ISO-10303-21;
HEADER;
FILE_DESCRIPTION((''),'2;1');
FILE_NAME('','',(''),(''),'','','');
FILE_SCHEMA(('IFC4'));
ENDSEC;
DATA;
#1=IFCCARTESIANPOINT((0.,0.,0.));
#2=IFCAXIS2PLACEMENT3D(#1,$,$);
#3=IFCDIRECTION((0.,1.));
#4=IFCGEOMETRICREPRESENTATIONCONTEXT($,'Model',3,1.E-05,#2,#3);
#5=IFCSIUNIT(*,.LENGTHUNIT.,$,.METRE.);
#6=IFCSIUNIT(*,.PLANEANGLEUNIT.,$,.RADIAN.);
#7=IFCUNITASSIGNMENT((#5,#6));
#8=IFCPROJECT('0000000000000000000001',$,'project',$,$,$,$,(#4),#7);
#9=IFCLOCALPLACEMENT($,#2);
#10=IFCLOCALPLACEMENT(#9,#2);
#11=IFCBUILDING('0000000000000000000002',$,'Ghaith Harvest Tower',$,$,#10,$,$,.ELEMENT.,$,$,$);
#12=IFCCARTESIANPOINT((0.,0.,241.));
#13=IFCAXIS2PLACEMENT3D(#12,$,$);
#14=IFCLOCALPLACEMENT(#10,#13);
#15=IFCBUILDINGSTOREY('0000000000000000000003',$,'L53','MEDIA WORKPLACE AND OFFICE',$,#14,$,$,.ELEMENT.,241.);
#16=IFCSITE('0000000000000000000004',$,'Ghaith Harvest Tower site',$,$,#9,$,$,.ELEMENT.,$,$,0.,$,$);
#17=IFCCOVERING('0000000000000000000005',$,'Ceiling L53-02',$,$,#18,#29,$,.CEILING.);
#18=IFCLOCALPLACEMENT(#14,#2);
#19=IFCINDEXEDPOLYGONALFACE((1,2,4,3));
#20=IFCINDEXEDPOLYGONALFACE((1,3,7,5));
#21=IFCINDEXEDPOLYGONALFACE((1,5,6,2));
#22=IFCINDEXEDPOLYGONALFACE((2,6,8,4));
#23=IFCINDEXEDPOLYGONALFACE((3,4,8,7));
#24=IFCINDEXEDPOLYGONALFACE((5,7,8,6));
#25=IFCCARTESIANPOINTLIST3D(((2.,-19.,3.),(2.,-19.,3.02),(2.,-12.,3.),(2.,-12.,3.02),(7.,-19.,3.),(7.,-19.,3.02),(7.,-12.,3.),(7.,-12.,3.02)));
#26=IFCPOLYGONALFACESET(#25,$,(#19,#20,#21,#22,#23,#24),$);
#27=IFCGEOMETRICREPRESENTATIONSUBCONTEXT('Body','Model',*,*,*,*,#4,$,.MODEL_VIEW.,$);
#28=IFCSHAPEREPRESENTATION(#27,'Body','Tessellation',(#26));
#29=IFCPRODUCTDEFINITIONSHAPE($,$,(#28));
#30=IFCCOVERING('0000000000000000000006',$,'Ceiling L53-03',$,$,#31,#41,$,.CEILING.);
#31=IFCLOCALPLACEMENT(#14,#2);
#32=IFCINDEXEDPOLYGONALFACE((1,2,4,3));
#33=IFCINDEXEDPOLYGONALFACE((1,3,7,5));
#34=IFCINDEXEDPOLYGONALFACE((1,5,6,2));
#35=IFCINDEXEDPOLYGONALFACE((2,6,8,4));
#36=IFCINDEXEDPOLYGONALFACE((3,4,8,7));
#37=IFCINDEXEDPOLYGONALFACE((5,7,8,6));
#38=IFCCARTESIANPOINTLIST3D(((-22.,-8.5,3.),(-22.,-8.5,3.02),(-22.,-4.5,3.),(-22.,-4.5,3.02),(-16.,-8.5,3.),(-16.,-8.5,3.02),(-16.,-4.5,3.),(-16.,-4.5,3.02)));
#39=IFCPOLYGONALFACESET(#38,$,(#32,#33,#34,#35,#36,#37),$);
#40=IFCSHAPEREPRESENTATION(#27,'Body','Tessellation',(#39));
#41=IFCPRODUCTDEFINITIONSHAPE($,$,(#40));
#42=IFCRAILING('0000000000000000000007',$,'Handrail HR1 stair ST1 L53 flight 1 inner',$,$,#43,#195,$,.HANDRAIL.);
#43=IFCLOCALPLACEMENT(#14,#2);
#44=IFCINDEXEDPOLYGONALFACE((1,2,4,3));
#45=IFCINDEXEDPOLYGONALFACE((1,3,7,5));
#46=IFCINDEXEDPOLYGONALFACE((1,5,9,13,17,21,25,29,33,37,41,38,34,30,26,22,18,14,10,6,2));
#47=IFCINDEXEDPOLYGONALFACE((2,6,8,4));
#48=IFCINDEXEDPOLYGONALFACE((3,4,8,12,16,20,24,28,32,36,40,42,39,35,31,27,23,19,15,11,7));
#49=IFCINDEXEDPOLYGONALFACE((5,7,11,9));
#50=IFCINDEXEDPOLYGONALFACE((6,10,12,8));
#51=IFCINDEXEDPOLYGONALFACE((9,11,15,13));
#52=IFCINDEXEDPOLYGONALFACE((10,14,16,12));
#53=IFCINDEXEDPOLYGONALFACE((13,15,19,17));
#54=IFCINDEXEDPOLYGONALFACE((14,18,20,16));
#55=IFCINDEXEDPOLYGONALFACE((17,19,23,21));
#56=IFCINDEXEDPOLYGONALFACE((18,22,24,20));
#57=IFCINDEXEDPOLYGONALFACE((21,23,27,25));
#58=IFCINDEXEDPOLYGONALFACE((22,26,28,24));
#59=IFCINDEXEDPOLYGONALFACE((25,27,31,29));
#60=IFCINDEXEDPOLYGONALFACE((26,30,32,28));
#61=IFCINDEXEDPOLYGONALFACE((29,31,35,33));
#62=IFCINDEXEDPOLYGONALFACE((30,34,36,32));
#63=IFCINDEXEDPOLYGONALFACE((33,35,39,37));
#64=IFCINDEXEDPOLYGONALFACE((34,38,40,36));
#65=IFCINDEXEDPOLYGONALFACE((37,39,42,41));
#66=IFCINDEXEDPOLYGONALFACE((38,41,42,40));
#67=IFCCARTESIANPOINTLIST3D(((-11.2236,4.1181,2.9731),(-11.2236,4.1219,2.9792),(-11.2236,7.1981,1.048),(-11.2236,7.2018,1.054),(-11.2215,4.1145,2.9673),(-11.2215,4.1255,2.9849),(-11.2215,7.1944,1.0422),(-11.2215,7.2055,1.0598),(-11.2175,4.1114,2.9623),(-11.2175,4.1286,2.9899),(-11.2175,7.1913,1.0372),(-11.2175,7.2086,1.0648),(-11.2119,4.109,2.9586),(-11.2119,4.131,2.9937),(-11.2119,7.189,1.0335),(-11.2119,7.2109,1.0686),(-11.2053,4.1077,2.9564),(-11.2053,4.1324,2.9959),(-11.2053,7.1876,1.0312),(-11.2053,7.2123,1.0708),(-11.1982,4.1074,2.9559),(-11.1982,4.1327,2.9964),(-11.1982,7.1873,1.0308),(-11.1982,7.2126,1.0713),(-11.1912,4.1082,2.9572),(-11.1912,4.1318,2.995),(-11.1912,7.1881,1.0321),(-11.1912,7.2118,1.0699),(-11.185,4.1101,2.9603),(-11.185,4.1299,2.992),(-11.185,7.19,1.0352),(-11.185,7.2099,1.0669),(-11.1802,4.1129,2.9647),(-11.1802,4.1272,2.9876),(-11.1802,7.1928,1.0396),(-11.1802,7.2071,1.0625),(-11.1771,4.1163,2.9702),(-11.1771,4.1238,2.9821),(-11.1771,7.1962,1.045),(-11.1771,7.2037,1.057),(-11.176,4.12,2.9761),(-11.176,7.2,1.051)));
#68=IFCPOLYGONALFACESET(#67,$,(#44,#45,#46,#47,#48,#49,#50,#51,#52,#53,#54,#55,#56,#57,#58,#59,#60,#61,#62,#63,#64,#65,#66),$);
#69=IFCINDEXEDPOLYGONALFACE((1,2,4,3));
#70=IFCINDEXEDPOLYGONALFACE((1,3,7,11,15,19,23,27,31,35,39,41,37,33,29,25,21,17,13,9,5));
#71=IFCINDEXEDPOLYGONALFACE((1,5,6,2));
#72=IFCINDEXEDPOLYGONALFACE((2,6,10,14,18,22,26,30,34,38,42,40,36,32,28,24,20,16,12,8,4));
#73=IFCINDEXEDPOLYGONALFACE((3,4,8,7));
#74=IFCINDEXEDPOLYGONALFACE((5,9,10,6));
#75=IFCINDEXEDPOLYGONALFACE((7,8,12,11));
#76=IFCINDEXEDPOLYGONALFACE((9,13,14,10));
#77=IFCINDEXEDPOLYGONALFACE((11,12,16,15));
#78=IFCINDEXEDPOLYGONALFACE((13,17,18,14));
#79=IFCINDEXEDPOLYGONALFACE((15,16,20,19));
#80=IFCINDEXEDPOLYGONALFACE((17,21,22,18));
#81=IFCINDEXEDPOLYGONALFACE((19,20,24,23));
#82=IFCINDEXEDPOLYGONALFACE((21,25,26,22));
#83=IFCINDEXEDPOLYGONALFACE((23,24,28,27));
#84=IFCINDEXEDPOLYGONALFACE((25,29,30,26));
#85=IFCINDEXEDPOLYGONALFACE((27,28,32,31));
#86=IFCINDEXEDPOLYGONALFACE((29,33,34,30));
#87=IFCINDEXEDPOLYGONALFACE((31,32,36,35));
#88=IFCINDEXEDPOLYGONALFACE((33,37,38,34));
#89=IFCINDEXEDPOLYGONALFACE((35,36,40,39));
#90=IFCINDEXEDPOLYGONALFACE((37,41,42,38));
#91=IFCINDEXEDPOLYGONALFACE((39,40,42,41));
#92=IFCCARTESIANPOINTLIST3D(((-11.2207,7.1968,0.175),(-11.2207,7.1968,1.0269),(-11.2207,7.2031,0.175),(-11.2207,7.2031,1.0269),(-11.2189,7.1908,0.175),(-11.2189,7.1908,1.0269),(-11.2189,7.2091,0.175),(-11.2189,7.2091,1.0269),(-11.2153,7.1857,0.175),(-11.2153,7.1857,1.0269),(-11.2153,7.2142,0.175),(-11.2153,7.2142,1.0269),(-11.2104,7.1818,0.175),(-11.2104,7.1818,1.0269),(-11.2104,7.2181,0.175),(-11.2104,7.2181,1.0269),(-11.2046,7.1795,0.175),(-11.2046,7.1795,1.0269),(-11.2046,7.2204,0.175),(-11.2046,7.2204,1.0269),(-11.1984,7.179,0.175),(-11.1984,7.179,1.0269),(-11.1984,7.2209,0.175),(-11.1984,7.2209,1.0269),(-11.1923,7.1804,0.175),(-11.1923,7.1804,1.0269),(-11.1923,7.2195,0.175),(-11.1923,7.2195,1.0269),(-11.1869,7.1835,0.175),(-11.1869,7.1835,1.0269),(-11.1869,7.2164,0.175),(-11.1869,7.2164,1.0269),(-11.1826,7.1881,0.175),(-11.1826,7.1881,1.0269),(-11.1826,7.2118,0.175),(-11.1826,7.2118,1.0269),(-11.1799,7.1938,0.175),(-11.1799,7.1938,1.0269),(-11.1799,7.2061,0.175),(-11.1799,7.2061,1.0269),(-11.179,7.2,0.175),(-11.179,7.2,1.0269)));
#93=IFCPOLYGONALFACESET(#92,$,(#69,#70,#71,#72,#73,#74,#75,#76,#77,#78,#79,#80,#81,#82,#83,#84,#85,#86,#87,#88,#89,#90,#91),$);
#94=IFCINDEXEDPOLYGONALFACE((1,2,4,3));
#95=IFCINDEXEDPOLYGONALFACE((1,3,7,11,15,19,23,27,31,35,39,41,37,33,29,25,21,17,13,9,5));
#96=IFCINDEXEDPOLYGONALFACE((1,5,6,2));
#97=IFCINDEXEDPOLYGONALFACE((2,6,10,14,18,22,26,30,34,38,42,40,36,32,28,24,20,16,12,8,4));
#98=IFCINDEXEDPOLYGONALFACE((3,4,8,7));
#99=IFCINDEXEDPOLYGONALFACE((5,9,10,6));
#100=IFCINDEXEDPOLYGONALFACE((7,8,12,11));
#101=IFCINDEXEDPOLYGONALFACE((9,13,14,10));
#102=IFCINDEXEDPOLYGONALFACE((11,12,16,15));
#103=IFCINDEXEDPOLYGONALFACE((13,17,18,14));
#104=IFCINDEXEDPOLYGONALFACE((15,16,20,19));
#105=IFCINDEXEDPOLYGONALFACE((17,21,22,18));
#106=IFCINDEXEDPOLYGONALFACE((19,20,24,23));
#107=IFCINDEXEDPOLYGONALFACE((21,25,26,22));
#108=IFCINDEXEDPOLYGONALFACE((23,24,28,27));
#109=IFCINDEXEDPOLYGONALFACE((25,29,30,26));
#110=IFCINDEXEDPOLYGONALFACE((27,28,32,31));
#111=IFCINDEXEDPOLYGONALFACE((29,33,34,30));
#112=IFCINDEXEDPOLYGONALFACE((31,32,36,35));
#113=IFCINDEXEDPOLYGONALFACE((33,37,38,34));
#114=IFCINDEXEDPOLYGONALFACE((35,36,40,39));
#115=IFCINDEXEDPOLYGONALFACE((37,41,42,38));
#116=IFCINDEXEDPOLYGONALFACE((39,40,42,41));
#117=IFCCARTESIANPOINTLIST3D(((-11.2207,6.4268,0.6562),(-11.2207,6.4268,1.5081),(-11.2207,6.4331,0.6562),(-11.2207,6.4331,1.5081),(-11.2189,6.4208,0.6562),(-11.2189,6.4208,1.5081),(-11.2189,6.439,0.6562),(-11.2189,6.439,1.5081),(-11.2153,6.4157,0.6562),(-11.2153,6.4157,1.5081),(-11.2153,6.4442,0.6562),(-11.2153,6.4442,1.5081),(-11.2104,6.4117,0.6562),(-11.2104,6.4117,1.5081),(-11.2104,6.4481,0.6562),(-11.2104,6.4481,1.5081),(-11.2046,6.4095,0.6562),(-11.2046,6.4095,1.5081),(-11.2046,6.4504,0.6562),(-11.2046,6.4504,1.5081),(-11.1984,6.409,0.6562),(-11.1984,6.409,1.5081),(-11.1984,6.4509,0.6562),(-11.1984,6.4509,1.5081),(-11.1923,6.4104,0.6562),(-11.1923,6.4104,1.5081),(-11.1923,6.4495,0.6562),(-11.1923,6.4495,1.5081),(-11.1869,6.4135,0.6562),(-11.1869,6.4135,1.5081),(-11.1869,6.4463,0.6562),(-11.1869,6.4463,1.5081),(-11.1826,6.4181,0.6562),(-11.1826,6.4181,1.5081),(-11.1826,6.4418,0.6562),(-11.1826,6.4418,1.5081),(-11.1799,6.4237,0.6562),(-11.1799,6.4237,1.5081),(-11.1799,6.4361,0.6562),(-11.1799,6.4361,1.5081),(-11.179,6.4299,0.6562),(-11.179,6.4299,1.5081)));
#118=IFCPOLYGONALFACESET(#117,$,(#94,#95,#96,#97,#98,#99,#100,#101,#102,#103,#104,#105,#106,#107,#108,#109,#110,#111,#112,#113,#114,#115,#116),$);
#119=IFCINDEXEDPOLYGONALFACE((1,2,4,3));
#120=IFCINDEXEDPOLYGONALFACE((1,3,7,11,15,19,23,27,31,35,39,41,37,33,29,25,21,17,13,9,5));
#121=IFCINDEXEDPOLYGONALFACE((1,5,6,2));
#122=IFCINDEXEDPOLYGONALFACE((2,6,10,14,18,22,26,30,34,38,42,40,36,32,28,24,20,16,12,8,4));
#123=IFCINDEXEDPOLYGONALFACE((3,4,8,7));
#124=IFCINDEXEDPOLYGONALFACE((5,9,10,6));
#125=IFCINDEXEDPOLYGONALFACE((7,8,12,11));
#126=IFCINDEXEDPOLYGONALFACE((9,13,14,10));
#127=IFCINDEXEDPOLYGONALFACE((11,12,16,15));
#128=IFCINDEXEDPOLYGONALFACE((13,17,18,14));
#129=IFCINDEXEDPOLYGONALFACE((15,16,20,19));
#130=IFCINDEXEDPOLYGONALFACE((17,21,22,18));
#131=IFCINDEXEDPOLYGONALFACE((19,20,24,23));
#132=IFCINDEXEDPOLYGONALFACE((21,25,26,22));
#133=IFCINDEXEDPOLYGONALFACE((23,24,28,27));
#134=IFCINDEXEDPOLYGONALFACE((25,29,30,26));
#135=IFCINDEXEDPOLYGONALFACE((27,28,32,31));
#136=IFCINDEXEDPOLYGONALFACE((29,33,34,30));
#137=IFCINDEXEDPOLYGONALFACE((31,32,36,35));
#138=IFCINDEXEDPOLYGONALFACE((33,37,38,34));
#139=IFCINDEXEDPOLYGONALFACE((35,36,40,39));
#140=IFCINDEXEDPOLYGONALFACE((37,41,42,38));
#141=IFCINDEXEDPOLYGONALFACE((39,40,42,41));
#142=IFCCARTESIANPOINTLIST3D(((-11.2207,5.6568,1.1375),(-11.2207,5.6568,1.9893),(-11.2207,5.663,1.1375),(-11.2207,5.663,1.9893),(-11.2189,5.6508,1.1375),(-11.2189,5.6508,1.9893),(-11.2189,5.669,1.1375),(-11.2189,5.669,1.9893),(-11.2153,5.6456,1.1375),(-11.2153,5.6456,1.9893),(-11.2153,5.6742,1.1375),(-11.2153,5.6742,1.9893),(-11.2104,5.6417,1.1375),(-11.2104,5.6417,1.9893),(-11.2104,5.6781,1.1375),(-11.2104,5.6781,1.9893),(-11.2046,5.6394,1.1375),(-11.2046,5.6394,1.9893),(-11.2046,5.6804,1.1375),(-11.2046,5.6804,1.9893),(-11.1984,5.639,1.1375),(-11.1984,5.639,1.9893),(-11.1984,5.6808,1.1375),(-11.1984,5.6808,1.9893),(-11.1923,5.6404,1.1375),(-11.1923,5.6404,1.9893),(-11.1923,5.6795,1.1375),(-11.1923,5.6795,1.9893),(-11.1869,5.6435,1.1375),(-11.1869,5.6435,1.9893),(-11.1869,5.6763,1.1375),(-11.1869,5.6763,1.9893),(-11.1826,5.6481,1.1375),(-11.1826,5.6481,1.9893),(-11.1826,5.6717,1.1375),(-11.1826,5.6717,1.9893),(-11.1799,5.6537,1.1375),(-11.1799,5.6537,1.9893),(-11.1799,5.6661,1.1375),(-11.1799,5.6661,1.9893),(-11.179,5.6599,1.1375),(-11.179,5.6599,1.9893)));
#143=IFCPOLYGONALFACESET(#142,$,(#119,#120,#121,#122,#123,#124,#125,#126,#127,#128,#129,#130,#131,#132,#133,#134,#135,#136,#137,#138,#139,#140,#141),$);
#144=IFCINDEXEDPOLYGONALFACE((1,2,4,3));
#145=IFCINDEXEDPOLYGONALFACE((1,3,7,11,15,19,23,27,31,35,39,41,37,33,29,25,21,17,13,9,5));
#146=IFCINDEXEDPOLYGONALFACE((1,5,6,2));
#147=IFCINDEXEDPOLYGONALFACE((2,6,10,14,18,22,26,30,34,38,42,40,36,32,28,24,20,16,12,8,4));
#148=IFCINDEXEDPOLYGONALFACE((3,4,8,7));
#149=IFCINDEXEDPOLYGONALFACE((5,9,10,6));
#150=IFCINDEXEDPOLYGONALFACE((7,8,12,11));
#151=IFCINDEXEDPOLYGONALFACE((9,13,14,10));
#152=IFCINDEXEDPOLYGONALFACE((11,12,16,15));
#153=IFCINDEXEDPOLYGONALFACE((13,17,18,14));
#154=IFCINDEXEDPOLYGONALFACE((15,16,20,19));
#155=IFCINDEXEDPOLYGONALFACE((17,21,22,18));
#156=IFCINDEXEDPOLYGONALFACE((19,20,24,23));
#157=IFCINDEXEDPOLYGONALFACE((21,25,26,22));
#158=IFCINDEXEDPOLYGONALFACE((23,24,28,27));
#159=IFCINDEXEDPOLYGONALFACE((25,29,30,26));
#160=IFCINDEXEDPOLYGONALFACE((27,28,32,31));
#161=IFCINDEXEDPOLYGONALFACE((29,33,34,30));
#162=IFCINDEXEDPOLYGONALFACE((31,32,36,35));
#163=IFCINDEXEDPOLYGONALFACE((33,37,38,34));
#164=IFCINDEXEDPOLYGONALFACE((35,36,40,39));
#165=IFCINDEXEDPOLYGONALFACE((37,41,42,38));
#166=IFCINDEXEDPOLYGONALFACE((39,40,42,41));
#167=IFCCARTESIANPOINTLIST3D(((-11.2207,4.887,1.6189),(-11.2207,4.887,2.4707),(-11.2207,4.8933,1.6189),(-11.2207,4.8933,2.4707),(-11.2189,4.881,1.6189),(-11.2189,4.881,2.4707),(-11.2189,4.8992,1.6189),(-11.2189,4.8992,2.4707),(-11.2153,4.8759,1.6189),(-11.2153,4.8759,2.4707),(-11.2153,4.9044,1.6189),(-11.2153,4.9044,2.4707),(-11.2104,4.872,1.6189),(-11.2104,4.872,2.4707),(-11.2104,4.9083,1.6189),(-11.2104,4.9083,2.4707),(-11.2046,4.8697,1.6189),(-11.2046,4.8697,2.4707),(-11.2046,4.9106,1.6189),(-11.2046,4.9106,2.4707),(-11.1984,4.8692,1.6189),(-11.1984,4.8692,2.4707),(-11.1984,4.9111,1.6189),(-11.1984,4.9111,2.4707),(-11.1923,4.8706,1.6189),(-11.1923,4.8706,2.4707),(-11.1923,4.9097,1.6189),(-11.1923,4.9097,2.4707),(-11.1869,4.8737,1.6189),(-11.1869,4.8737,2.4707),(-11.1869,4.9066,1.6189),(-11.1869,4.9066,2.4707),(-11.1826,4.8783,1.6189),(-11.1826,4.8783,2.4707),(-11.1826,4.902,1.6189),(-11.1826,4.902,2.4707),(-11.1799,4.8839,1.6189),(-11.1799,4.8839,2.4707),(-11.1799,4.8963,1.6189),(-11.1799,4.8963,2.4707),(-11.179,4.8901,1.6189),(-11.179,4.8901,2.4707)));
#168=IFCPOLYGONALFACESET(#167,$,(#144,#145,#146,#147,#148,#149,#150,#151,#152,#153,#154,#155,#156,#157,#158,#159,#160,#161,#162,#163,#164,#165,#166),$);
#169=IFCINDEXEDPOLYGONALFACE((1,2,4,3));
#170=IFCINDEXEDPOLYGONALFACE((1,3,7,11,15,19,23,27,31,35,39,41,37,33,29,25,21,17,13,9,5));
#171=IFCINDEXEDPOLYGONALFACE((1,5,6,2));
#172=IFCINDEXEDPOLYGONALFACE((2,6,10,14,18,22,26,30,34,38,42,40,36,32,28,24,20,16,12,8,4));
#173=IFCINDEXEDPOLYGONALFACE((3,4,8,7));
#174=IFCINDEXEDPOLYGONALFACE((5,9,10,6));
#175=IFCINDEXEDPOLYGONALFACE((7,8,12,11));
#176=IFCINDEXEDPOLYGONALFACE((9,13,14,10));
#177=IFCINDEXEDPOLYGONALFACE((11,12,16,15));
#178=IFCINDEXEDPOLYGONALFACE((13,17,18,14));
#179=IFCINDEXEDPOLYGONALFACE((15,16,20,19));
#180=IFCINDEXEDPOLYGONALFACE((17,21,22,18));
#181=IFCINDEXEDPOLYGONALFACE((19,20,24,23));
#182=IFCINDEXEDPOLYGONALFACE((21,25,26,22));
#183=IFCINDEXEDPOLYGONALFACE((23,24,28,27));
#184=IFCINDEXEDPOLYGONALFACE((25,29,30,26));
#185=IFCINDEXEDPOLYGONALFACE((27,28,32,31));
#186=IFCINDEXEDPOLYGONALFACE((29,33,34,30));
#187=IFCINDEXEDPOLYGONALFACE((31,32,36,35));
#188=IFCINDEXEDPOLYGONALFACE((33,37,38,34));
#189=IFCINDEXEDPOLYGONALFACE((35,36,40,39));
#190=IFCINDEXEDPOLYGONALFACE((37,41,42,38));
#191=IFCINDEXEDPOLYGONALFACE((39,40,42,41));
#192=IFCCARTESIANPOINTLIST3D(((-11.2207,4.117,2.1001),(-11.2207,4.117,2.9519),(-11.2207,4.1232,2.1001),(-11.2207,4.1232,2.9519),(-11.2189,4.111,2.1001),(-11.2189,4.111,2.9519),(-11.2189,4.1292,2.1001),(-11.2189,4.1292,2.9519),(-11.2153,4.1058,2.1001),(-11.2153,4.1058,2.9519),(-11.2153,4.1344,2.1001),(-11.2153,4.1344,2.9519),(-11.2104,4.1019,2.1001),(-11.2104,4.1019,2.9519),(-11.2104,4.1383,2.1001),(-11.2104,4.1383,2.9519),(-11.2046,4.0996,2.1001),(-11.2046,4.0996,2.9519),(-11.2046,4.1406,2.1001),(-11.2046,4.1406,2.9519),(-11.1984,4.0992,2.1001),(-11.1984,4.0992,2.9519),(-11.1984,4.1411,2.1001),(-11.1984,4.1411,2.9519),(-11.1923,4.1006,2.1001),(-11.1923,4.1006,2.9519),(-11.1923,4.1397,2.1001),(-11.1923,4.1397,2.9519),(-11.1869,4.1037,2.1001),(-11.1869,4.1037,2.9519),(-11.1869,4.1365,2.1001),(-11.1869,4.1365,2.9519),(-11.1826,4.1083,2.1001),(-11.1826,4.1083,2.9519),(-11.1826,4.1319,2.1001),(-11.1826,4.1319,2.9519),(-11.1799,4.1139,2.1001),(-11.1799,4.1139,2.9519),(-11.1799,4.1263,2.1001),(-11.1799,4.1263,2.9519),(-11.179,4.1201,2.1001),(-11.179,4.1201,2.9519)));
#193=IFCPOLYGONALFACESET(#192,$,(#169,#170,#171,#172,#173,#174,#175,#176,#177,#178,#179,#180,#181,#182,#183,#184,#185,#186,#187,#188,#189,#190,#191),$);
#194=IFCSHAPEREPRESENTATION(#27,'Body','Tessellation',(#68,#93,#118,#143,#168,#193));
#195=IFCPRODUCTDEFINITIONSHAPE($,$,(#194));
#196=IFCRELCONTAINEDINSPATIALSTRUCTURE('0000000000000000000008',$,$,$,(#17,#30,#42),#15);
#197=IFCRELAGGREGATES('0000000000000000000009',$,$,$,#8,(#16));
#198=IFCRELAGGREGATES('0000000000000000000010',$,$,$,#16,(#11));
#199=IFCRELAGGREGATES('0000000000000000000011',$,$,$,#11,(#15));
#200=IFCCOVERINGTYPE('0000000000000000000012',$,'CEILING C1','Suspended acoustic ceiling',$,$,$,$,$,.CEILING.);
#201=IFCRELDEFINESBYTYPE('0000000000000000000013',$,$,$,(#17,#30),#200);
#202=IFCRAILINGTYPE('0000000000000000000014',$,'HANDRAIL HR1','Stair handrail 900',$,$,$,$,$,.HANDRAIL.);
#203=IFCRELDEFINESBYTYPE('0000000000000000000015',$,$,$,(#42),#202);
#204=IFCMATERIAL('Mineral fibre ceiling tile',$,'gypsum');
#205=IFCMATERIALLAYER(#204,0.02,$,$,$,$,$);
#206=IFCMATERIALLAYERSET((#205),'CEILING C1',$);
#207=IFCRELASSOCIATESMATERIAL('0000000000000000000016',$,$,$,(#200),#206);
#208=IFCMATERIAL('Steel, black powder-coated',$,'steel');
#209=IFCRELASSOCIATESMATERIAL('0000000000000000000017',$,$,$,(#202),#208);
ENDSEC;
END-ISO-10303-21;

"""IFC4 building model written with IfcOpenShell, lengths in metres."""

from ifc_helpers import new_model, si_unit, direction, frame, origin, origin_2d, place, context, subcontext, project, spatial, polyline, circle, outline, extrude, material, layer, layer_set, type_object, element, save


model = new_model("IFC4")

# Units and contexts
model_context = context("Model", 3, precision=1e-05, world=origin(), true_north=direction((0.0, 1.0)))
body_context = subcontext(model_context, "Body", "Model", "MODEL_VIEW")
ifc_project = project(units=[si_unit("LENGTHUNIT", "METRE"), si_unit("PLANEANGLEUNIT", "RADIAN")], contexts=[model_context])

# Site, building, storey
site_placement = place(None, origin())
site = spatial("IfcSite", under=ifc_project, at=site_placement, Name="Ghaith Harvest Tower site", CompositionType="ELEMENT", RefElevation=0.0)
building_placement = place(site_placement, origin())
building = spatial("IfcBuilding", under=site, at=building_placement, Name="Ghaith Harvest Tower", CompositionType="ELEMENT")
storey_placement = place(building_placement, frame((0.0, 0.0, 241.0)))
storey = spatial("IfcBuildingStorey", under=building, at=storey_placement, Name="L53", Description="MEDIA WORKPLACE AND OFFICE", CompositionType="ELEMENT", Elevation=241.0)

# Coverings
ifc_material_1 = material(Name="Mineral fibre ceiling tile", Category="gypsum")
ifc_layer_1 = layer(ifc_material_1, 0.02)
ifc_layer_set_1 = layer_set([ifc_layer_1], Name="CEILING C1")
covering_type = type_object("IfcCoveringType", Name="CEILING C1", Description="Suspended acoustic ceiling", PredefinedType="CEILING", material=ifc_layer_set_1)
covering_1_placement = place(storey_placement, frame((0.0, 0.0, 3.0)))
element("IfcCovering", 1, at=covering_1_placement, inside=storey, type_object=covering_type, Name="Ceiling L53-02", PredefinedType="CEILING", context=body_context, shape_type="SweptSolid", body=[
    extrude(outline(polyline([(2.0, -19.0), (7.0, -19.0), (7.0, -12.0), (2.0, -12.0), (2.0, -19.0)])), origin(), (0.0, 0.0, 1.0), 0.02),
])
covering_2_placement = place(storey_placement, frame((0.0, 0.0, 3.0)))
element("IfcCovering", 2, at=covering_2_placement, inside=storey, type_object=covering_type, Name="Ceiling L53-03", PredefinedType="CEILING", context=body_context, shape_type="SweptSolid", body=[
    extrude(outline(polyline([(-22.0, -8.5), (-16.0, -8.5), (-16.0, -4.5), (-22.0, -4.5), (-22.0, -8.5)])), origin(), (0.0, 0.0, 1.0), 0.02),
])

# Railing
ifc_material_2 = material(Name="Steel, black powder-coated", Category="steel")
railing_type = type_object("IfcRailingType", Name="HANDRAIL HR1", Description="Stair handrail 900", PredefinedType="HANDRAIL", material=ifc_material_2)
railing_1_placement = place(storey_placement, frame((-11.2, 7.2, 0.175)))
element("IfcRailing", 3, at=railing_1_placement, inside=storey, type_object=railing_type, Name="Handrail HR1 stair ST1 L53 flight 1 inner", PredefinedType="HANDRAIL", context=body_context, shape_type="SweptSolid", body=[
    extrude(circle(Radius=0.0239, at=origin_2d()), frame((0.0, 0.0, 0.876), z_axis=(0.0, -0.847979, 0.530029), x_axis=(1.0, 0.0, 0.0)), (0.0, 0.0, 1.0), 3.6321),
    extrude(circle(Radius=0.021, at=origin_2d()), origin(), (0.0, 0.0, 1.0), 0.8518),
    extrude(circle(Radius=0.021, at=origin_2d()), frame((0.0, -0.77, 0.4812)), (0.0, 0.0, 1.0), 0.8518),
    extrude(circle(Radius=0.021, at=origin_2d()), frame((0.0, -1.54, 0.9624)), (0.0, 0.0, 1.0), 0.8518),
    extrude(circle(Radius=0.021, at=origin_2d()), frame((0.0, -2.3098, 1.4438)), (0.0, 0.0, 1.0), 0.8518),
    extrude(circle(Radius=0.021, at=origin_2d()), frame((0.0, -3.0798, 1.925)), (0.0, 0.0, 1.0), 0.8518),
])

save(model, "model.ifc")
